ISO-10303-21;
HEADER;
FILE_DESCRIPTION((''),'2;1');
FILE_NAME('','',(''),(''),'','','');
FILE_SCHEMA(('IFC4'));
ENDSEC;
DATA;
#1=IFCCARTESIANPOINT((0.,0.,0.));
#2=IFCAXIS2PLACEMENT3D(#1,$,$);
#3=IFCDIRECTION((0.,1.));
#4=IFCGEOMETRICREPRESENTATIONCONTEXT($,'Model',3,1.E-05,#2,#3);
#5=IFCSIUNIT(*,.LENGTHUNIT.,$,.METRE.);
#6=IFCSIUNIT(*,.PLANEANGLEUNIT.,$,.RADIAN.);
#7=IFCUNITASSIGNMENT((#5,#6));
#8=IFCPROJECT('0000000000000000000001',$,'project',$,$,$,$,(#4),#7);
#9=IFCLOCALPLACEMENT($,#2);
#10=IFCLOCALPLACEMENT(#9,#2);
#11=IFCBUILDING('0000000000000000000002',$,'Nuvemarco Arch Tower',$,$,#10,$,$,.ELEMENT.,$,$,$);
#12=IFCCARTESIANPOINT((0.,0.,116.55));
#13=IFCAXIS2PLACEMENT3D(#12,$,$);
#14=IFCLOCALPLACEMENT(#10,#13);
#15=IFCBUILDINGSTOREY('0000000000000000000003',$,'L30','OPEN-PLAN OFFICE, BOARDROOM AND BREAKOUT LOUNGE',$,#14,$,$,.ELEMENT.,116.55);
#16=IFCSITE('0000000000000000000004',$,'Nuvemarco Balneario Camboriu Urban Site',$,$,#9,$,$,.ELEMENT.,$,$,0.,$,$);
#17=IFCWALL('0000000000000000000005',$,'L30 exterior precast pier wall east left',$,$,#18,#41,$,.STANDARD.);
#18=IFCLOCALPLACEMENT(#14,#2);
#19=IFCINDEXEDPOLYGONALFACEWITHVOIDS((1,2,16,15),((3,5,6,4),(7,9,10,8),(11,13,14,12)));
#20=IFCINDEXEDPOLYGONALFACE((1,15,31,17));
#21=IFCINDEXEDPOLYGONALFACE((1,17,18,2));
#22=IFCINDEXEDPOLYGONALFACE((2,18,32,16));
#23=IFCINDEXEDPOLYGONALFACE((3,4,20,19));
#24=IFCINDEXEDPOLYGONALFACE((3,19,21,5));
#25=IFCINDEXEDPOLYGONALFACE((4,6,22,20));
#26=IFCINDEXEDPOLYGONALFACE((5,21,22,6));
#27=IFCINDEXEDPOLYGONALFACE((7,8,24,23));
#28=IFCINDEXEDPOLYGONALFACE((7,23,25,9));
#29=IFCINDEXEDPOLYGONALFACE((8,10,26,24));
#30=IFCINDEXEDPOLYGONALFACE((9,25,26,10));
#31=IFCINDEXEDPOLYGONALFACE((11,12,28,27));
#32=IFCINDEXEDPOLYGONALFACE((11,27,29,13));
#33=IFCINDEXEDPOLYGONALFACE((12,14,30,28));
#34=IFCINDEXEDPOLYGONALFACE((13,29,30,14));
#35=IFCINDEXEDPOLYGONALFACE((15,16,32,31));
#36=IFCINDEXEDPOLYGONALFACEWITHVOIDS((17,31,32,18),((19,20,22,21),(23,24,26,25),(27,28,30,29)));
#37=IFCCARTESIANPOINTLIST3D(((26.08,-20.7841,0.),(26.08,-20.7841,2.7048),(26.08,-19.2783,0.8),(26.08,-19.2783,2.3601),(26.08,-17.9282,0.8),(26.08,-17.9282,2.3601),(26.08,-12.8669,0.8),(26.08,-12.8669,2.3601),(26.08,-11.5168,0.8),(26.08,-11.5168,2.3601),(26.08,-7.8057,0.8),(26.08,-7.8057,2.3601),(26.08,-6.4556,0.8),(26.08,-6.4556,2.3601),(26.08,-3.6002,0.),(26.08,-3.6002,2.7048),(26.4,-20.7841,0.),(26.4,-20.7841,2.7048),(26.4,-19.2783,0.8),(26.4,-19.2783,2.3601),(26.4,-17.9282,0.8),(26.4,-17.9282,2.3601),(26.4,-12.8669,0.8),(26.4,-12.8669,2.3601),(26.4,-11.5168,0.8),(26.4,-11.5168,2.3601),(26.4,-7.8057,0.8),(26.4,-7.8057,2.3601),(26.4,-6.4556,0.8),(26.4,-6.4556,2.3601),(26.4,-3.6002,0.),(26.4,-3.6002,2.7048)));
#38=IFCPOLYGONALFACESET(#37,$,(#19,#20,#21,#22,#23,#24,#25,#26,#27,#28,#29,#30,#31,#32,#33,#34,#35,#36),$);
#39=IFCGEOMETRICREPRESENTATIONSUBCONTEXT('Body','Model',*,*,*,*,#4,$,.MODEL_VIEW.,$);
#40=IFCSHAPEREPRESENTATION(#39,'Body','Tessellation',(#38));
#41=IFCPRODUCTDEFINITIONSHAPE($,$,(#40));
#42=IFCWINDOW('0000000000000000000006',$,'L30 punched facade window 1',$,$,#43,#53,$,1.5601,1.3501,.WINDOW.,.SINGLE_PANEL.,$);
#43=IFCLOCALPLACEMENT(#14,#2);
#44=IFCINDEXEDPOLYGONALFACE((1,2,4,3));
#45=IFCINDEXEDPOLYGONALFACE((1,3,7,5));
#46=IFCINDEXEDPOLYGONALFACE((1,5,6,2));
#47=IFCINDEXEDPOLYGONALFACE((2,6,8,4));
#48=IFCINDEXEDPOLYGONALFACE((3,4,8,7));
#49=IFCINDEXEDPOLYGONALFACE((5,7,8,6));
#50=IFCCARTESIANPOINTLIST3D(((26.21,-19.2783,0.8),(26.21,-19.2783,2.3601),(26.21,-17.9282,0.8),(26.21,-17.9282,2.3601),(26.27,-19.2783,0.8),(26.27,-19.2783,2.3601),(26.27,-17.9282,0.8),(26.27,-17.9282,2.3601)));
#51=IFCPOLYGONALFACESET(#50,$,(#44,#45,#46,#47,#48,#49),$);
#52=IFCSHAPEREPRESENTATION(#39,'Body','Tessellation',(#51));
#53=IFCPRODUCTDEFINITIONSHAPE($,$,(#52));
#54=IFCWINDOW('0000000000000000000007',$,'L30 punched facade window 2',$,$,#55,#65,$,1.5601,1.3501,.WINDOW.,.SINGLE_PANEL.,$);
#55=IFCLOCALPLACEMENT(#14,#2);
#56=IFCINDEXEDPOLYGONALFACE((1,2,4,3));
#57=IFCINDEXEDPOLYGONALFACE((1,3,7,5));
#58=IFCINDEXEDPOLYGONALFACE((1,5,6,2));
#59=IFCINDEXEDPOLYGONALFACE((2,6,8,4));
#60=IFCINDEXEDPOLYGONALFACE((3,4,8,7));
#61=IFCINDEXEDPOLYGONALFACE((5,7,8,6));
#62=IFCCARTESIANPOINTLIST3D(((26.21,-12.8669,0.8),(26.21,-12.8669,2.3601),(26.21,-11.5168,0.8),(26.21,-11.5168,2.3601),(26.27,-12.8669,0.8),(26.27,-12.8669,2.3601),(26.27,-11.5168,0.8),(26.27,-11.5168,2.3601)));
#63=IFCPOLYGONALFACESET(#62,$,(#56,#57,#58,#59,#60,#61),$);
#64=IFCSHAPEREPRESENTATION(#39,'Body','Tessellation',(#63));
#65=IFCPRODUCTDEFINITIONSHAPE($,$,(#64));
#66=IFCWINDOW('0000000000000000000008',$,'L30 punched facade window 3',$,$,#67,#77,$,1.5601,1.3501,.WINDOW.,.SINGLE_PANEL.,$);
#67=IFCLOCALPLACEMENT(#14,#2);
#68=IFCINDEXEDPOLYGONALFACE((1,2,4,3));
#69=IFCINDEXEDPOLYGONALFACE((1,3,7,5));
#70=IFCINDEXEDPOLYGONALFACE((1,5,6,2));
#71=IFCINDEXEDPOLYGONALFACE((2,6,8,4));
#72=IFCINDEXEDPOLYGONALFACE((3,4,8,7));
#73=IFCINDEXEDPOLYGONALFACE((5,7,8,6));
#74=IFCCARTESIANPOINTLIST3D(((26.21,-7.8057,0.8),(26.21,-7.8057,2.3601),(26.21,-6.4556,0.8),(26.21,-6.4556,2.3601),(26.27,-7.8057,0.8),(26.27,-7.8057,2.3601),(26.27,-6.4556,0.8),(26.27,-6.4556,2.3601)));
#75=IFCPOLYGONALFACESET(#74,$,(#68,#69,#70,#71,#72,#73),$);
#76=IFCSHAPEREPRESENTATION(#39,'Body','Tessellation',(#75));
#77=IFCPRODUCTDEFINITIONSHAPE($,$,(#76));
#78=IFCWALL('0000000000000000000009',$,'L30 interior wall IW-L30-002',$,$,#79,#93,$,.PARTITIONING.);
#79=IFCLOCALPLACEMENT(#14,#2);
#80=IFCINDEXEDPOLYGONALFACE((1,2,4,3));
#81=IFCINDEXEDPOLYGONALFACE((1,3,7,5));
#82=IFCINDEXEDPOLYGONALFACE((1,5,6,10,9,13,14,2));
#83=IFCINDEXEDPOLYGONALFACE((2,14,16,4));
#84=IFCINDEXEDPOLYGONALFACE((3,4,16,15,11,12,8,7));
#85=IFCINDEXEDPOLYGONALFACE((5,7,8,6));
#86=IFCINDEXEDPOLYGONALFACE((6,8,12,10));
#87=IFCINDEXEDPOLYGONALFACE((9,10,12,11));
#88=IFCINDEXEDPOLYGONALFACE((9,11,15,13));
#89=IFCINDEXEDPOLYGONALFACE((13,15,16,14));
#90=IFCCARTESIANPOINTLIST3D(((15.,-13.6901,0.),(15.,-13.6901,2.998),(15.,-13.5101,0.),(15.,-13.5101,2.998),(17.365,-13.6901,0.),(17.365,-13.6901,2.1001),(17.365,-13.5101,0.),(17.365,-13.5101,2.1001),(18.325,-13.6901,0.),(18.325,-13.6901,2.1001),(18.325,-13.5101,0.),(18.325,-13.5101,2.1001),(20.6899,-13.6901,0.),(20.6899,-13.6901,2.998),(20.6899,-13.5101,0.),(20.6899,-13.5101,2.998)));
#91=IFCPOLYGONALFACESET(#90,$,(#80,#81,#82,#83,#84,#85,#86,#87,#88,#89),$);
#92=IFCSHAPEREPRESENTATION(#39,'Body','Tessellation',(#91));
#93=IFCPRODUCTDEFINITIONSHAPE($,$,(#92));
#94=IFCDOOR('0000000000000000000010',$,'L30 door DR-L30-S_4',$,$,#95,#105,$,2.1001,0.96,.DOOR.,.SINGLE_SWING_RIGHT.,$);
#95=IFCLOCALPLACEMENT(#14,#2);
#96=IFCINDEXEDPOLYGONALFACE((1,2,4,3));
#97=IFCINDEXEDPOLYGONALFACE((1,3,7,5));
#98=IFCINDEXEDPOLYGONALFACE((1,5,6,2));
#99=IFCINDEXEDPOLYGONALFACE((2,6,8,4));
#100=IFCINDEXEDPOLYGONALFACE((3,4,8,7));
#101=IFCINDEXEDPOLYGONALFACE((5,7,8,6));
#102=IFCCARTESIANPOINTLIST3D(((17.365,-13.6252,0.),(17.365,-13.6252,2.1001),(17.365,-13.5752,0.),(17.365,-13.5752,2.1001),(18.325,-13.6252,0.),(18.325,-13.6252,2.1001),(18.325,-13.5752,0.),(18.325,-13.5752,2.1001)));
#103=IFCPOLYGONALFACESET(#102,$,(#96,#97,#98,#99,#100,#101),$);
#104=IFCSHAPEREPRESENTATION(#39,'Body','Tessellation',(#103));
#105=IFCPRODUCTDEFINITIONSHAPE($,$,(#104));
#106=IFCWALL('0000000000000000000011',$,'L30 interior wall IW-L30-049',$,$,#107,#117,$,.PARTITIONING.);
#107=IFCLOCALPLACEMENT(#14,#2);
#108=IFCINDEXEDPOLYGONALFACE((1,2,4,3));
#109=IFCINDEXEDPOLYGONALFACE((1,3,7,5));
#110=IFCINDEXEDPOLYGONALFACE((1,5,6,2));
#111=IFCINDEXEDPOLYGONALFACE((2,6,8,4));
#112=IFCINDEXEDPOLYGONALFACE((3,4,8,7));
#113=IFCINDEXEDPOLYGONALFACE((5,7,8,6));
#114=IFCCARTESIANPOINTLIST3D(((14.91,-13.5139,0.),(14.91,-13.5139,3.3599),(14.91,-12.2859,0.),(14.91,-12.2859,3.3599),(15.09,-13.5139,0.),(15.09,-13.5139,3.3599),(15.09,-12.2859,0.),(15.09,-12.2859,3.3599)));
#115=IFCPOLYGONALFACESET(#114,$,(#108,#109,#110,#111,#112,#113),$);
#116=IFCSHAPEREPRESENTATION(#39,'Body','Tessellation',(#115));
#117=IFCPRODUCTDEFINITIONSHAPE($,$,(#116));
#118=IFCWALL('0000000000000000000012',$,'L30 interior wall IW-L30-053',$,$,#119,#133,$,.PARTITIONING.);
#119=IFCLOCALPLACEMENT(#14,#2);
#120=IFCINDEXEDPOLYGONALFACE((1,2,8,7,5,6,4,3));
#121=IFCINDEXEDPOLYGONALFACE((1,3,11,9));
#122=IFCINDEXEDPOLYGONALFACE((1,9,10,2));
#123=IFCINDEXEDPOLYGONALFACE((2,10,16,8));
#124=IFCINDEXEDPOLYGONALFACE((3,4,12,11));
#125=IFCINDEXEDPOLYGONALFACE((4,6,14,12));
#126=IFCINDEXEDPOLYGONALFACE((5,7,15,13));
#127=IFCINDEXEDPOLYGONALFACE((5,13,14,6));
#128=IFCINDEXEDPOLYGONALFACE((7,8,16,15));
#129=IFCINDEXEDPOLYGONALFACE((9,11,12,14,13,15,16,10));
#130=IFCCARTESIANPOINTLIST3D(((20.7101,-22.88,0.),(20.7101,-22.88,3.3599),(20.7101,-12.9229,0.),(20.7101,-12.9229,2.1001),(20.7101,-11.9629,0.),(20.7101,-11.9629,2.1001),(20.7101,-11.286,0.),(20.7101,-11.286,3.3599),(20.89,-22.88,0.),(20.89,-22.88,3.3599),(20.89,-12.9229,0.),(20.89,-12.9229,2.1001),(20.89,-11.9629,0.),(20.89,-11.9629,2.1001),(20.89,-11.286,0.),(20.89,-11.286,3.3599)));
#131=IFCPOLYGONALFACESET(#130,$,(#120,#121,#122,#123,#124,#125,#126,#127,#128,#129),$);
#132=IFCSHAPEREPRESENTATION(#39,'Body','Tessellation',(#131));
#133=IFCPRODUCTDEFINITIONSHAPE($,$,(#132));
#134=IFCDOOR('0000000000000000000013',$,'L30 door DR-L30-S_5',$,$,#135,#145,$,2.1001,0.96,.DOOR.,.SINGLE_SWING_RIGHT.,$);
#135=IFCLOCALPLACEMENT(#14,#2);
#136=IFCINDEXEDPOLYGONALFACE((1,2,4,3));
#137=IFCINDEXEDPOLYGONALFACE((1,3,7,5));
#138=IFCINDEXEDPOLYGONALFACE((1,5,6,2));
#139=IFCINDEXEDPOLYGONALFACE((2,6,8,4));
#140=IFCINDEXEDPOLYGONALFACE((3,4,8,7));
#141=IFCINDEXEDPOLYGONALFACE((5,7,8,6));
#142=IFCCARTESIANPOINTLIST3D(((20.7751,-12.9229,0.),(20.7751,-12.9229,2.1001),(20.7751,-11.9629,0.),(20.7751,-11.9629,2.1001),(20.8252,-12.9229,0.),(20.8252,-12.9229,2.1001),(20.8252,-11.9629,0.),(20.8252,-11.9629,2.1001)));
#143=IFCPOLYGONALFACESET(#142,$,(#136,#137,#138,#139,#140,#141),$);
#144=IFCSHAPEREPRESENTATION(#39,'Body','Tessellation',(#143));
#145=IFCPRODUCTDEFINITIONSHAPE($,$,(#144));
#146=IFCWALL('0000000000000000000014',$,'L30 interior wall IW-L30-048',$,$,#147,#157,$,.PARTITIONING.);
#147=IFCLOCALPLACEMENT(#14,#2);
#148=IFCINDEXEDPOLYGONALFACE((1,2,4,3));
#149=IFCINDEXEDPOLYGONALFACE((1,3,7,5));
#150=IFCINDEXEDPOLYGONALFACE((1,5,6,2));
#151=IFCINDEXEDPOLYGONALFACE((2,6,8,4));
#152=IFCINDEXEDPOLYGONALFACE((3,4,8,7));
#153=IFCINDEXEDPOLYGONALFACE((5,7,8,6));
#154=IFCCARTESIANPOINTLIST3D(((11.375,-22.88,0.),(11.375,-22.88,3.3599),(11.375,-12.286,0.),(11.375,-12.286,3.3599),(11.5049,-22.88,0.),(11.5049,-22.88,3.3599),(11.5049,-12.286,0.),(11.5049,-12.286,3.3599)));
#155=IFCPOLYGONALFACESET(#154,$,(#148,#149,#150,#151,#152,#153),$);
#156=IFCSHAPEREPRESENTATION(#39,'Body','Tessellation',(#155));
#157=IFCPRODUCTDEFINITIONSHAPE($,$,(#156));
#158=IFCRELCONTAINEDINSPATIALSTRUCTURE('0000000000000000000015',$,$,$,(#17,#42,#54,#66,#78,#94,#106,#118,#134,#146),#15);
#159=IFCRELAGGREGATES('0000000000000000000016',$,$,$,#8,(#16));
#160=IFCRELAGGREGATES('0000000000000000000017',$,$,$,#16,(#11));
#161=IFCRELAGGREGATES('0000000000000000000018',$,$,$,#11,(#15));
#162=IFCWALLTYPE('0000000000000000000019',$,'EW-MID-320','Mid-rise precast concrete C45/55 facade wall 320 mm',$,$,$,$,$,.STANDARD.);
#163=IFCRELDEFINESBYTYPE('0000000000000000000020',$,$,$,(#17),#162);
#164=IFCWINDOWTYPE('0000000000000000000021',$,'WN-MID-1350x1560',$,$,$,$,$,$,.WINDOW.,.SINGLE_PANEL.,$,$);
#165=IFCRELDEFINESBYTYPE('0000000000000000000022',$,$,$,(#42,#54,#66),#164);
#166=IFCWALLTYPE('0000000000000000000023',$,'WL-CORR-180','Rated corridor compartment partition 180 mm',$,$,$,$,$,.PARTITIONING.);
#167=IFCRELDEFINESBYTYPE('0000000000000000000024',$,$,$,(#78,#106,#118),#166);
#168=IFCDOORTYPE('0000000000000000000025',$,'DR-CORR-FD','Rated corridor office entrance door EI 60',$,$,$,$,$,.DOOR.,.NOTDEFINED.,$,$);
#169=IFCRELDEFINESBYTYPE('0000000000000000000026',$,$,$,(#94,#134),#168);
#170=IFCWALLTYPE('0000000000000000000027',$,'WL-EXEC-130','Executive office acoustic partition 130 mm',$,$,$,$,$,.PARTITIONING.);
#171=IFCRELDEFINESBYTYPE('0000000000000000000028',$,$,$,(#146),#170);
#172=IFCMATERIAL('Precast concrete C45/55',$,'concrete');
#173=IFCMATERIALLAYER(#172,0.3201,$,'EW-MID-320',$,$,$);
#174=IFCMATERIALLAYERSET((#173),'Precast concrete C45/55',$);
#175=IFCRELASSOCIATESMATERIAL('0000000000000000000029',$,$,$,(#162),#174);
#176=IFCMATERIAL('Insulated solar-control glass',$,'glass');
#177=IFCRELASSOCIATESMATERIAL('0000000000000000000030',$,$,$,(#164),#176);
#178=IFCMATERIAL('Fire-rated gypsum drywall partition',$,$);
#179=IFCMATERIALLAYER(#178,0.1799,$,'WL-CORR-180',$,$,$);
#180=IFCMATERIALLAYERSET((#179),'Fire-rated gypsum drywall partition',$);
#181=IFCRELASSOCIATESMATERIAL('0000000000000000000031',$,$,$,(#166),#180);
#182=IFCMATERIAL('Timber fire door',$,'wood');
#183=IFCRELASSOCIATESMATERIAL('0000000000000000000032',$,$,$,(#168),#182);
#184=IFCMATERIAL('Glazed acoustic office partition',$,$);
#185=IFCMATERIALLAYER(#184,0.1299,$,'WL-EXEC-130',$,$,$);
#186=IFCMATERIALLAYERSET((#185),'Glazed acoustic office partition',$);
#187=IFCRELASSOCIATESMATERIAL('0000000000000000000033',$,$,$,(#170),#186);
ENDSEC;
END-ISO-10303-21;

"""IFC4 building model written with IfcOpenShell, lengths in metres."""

from ifc_helpers import new_model, si_unit, direction, frame, frame_2d, origin, place, context, subcontext, project, spatial, rectangle, extrude, source, transform, mapped, material, layer, layer_set, type_object, type_shapes, element, fill, save


model = new_model("IFC4")

# Units and contexts
model_context = context("Model", 3, precision=1e-05, world=origin(), true_north=direction((0.0, 1.0)))
body_context = subcontext(model_context, "Body", "Model", "MODEL_VIEW")
ifc_project = project(units=[si_unit("LENGTHUNIT", "METRE"), si_unit("PLANEANGLEUNIT", "RADIAN")], contexts=[model_context])

# Site, building, storey
site_placement = place(None, origin())
site = spatial("IfcSite", under=ifc_project, at=site_placement, Name="Nuvemarco Balneario Camboriu Urban Site", CompositionType="ELEMENT", RefElevation=0.0)
building_placement = place(site_placement, origin())
building = spatial("IfcBuilding", under=site, at=building_placement, Name="Nuvemarco Arch Tower", CompositionType="ELEMENT")
storey_placement = place(building_placement, frame((0.0, 0.0, 116.55)))
storey = spatial("IfcBuildingStorey", under=building, at=storey_placement, Name="L30", Description="OPEN-PLAN OFFICE, BOARDROOM AND BREAKOUT LOUNGE", CompositionType="ELEMENT", Elevation=116.55)

# Shared definitions
ifc_material_1 = material(Name="Precast concrete C45/55", Category="concrete")

# Shared definitions
ifc_layer_1 = layer(ifc_material_1, 0.3201, Name="EW-MID-320")
ifc_layer_set_1 = layer_set([ifc_layer_1], Name="Precast concrete C45/55")
wall_type_1 = type_object("IfcWallType", Name="EW-MID-320", Description="Mid-rise precast concrete C45/55 facade wall 320 mm", PredefinedType="STANDARD", material=ifc_layer_set_1)

# Wall, openings, windows
wall_1_placement = place(storey_placement, frame((26.24, -20.7839, 0.0), z_axis=(0.0, 0.0, 1.0), x_axis=(0.0, 1.0, 0.0)))
wall_1 = element("IfcWall", 1, at=wall_1_placement, inside=storey, type_object=wall_type_1, Name="L30 exterior precast pier wall east left", PredefinedType="STANDARD", context=body_context, shape_type="SweptSolid", body=[
    extrude(rectangle(XDim=17.1838, YDim=0.3201, at=frame_2d((8.5918, 0.0))), origin(), (0.0, 0.0, 1.0), 2.7048),
])
opening_1_placement = place(wall_1_placement, frame((1.5056, 0.0, 0.8)))
opening_1 = element("IfcOpeningElement", 2, at=opening_1_placement, cuts=wall_1, PredefinedType="OPENING", context=body_context, shape_type="SweptSolid", body=[
    extrude(rectangle(XDim=1.3501, YDim=1.5601, at=frame_2d((0.675, 0.78))), frame((0.0, 0.1699, 0.0), z_axis=(0.0, -1.0, 0.0), x_axis=(1.0, 0.0, 0.0)), (0.0, 0.0, 1.0), 0.3401),
])
opening_2_placement = place(wall_1_placement, frame((7.917, 0.0, 0.8)))
opening_2 = element("IfcOpeningElement", 3, at=opening_2_placement, cuts=wall_1, PredefinedType="OPENING", context=body_context, shape_type="SweptSolid", body=[
    extrude(rectangle(XDim=1.3501, YDim=1.5601, at=frame_2d((0.675, 0.78))), frame((0.0, 0.1699, 0.0), z_axis=(0.0, -1.0, 0.0), x_axis=(1.0, 0.0, 0.0)), (0.0, 0.0, 1.0), 0.3401),
])
opening_3_placement = place(wall_1_placement, frame((12.9783, 0.0, 0.8)))
opening_3 = element("IfcOpeningElement", 4, at=opening_3_placement, cuts=wall_1, PredefinedType="OPENING", context=body_context, shape_type="SweptSolid", body=[
    extrude(rectangle(XDim=1.3501, YDim=1.5601, at=frame_2d((0.675, 0.78))), frame((0.0, 0.1699, 0.0), z_axis=(0.0, -1.0, 0.0), x_axis=(1.0, 0.0, 0.0)), (0.0, 0.0, 1.0), 0.3401),
])
ifc_material_2 = material(Name="Insulated solar-control glass", Category="glass")
window_type = type_object("IfcWindowType", Name="WN-MID-1350x1560", PartitioningType="SINGLE_PANEL", PredefinedType="WINDOW", material=ifc_material_2)
shared_shape_1 = source(origin(), body_context, "Body", "SweptSolid", [
    extrude(rectangle(XDim=1.3501, YDim=1.5601, at=frame_2d((0.675, 0.78))), frame((0.0, 0.03, 0.0), z_axis=(0.0, -1.0, 0.0), x_axis=(1.0, 0.0, 0.0)), (0.0, 0.0, 1.0), 0.0601),
])
type_shapes(window_type, [shared_shape_1])
window_1_placement = place(opening_1_placement, origin())
window_1 = element("IfcWindow", 5, at=window_1_placement, inside=storey, type_object=window_type, Name="L30 punched facade window 1", OverallHeight=1.5601, OverallWidth=1.3501, PartitioningType="SINGLE_PANEL", PredefinedType="WINDOW", context=body_context, shape_type="MappedRepresentation", body=[
    mapped(shared_shape_1, transform((0.0, 0.0, 0.0), scale=1.0)),
])
fill(opening_1, window_1)
window_2_placement = place(opening_2_placement, origin())
window_2 = element("IfcWindow", 6, at=window_2_placement, inside=storey, type_object=window_type, Name="L30 punched facade window 2", OverallHeight=1.5601, OverallWidth=1.3501, PartitioningType="SINGLE_PANEL", PredefinedType="WINDOW", context=body_context, shape_type="MappedRepresentation", body=[
    mapped(shared_shape_1, transform((0.0, 0.0, 0.0), scale=1.0)),
])
fill(opening_2, window_2)
window_3_placement = place(opening_3_placement, origin())
window_3 = element("IfcWindow", 7, at=window_3_placement, inside=storey, type_object=window_type, Name="L30 punched facade window 3", OverallHeight=1.5601, OverallWidth=1.3501, PartitioningType="SINGLE_PANEL", PredefinedType="WINDOW", context=body_context, shape_type="MappedRepresentation", body=[
    mapped(shared_shape_1, transform((0.0, 0.0, 0.0), scale=1.0)),
])
fill(opening_3, window_3)

# Wall, opening, door
ifc_material_3 = material(Name="Fire-rated gypsum drywall partition")
ifc_layer_2 = layer(ifc_material_3, 0.1799, Name="WL-CORR-180")
ifc_layer_set_2 = layer_set([ifc_layer_2], Name="Fire-rated gypsum drywall partition")
wall_type_2 = type_object("IfcWallType", Name="WL-CORR-180", Description="Rated corridor compartment partition 180 mm", PredefinedType="PARTITIONING", material=ifc_layer_set_2)
wall_2_placement = place(storey_placement, frame((15.0, -13.6001, 0.0), z_axis=(0.0, 0.0, 1.0), x_axis=(1.0, 0.0, 0.0)))
wall_2 = element("IfcWall", 8, at=wall_2_placement, inside=storey, type_object=wall_type_2, Name="L30 interior wall IW-L30-002", PredefinedType="PARTITIONING", context=body_context, shape_type="SweptSolid", body=[
    extrude(rectangle(XDim=5.6899, YDim=0.1799, at=frame_2d((2.845, 0.0))), origin(), (0.0, 0.0, 1.0), 2.998),
])
opening_4_placement = place(wall_2_placement, frame((2.365, 0.0, 0.0)))
opening_4 = element("IfcOpeningElement", 9, at=opening_4_placement, cuts=wall_2, PredefinedType="OPENING", context=body_context, shape_type="SweptSolid", body=[
    extrude(rectangle(XDim=0.96, YDim=2.1001, at=frame_2d((0.48, 1.05))), frame((0.0, 0.0999, 0.0), z_axis=(0.0, -1.0, 0.0), x_axis=(1.0, 0.0, 0.0)), (0.0, 0.0, 1.0), 0.2),
])
ifc_material_4 = material(Name="Timber fire door", Category="wood")
door_type = type_object("IfcDoorType", Name="DR-CORR-FD", Description="Rated corridor office entrance door EI 60", OperationType="NOTDEFINED", PredefinedType="DOOR", material=ifc_material_4)
shared_shape_2 = source(origin(), body_context, "Body", "SweptSolid", [
    extrude(rectangle(XDim=0.96, YDim=2.1001, at=frame_2d((0.48, 1.05))), frame((0.0, 0.0249, 0.0), z_axis=(0.0, -1.0, 0.0), x_axis=(1.0, 0.0, 0.0)), (0.0, 0.0, 1.0), 0.05),
])
type_shapes(door_type, [shared_shape_2])
door_1_placement = place(opening_4_placement, origin())
door_1 = element("IfcDoor", 10, at=door_1_placement, inside=storey, type_object=door_type, Name="L30 door DR-L30-S_4", OperationType="SINGLE_SWING_RIGHT", OverallHeight=2.1001, OverallWidth=0.96, PredefinedType="DOOR", context=body_context, shape_type="MappedRepresentation", body=[
    mapped(shared_shape_2, transform((0.0, 0.0, 0.0), scale=1.0)),
])
fill(opening_4, door_1)

# Wall
wall_3_placement = place(storey_placement, frame((15.0, -13.5139, 0.0), z_axis=(0.0, 0.0, 1.0), x_axis=(0.0, 1.0, 0.0)))
element("IfcWall", 11, at=wall_3_placement, inside=storey, type_object=wall_type_2, Name="L30 interior wall IW-L30-049", PredefinedType="PARTITIONING", context=body_context, shape_type="SweptSolid", body=[
    extrude(rectangle(XDim=1.228, YDim=0.1799, at=frame_2d((0.614, 0.0))), origin(), (0.0, 0.0, 1.0), 3.3599),
])

# Wall, opening, door
wall_4_placement = place(storey_placement, frame((20.8, -22.8799, 0.0), z_axis=(0.0, 0.0, 1.0), x_axis=(0.0, 1.0, 0.0)))
wall_4 = element("IfcWall", 12, at=wall_4_placement, inside=storey, type_object=wall_type_2, Name="L30 interior wall IW-L30-053", PredefinedType="PARTITIONING", context=body_context, shape_type="SweptSolid", body=[
    extrude(rectangle(XDim=11.594, YDim=0.1799, at=frame_2d((5.7969, 0.0))), origin(), (0.0, 0.0, 1.0), 3.3599),
])
opening_5_placement = place(wall_4_placement, frame((9.957, 0.0, 0.0)))
opening_5 = element("IfcOpeningElement", 13, at=opening_5_placement, cuts=wall_4, PredefinedType="OPENING", context=body_context, shape_type="SweptSolid", body=[
    extrude(rectangle(XDim=0.96, YDim=2.1001, at=frame_2d((0.48, 1.05))), frame((0.0, 0.0999, 0.0), z_axis=(0.0, -1.0, 0.0), x_axis=(1.0, 0.0, 0.0)), (0.0, 0.0, 1.0), 0.2),
])
door_2_placement = place(opening_5_placement, origin())
door_2 = element("IfcDoor", 14, at=door_2_placement, inside=storey, type_object=door_type, Name="L30 door DR-L30-S_5", OperationType="SINGLE_SWING_RIGHT", OverallHeight=2.1001, OverallWidth=0.96, PredefinedType="DOOR", context=body_context, shape_type="MappedRepresentation", body=[
    mapped(shared_shape_2, transform((0.0, 0.0, 0.0), scale=1.0)),
])
fill(opening_5, door_2)

# Wall
ifc_material_5 = material(Name="Glazed acoustic office partition")
ifc_layer_3 = layer(ifc_material_5, 0.1299, Name="WL-EXEC-130")
ifc_layer_set_3 = layer_set([ifc_layer_3], Name="Glazed acoustic office partition")
wall_type_3 = type_object("IfcWallType", Name="WL-EXEC-130", Description="Executive office acoustic partition 130 mm", PredefinedType="PARTITIONING", material=ifc_layer_set_3)
wall_5_placement = place(storey_placement, frame((11.4399, -22.8799, 0.0), z_axis=(0.0, 0.0, 1.0), x_axis=(0.0, 1.0, 0.0)))
element("IfcWall", 15, at=wall_5_placement, inside=storey, type_object=wall_type_3, Name="L30 interior wall IW-L30-048", PredefinedType="PARTITIONING", context=body_context, shape_type="SweptSolid", body=[
    extrude(rectangle(XDim=10.594, YDim=0.1299, at=frame_2d((5.2969, 0.0))), origin(), (0.0, 0.0, 1.0), 3.3599),
])

save(model, "model.ifc")
